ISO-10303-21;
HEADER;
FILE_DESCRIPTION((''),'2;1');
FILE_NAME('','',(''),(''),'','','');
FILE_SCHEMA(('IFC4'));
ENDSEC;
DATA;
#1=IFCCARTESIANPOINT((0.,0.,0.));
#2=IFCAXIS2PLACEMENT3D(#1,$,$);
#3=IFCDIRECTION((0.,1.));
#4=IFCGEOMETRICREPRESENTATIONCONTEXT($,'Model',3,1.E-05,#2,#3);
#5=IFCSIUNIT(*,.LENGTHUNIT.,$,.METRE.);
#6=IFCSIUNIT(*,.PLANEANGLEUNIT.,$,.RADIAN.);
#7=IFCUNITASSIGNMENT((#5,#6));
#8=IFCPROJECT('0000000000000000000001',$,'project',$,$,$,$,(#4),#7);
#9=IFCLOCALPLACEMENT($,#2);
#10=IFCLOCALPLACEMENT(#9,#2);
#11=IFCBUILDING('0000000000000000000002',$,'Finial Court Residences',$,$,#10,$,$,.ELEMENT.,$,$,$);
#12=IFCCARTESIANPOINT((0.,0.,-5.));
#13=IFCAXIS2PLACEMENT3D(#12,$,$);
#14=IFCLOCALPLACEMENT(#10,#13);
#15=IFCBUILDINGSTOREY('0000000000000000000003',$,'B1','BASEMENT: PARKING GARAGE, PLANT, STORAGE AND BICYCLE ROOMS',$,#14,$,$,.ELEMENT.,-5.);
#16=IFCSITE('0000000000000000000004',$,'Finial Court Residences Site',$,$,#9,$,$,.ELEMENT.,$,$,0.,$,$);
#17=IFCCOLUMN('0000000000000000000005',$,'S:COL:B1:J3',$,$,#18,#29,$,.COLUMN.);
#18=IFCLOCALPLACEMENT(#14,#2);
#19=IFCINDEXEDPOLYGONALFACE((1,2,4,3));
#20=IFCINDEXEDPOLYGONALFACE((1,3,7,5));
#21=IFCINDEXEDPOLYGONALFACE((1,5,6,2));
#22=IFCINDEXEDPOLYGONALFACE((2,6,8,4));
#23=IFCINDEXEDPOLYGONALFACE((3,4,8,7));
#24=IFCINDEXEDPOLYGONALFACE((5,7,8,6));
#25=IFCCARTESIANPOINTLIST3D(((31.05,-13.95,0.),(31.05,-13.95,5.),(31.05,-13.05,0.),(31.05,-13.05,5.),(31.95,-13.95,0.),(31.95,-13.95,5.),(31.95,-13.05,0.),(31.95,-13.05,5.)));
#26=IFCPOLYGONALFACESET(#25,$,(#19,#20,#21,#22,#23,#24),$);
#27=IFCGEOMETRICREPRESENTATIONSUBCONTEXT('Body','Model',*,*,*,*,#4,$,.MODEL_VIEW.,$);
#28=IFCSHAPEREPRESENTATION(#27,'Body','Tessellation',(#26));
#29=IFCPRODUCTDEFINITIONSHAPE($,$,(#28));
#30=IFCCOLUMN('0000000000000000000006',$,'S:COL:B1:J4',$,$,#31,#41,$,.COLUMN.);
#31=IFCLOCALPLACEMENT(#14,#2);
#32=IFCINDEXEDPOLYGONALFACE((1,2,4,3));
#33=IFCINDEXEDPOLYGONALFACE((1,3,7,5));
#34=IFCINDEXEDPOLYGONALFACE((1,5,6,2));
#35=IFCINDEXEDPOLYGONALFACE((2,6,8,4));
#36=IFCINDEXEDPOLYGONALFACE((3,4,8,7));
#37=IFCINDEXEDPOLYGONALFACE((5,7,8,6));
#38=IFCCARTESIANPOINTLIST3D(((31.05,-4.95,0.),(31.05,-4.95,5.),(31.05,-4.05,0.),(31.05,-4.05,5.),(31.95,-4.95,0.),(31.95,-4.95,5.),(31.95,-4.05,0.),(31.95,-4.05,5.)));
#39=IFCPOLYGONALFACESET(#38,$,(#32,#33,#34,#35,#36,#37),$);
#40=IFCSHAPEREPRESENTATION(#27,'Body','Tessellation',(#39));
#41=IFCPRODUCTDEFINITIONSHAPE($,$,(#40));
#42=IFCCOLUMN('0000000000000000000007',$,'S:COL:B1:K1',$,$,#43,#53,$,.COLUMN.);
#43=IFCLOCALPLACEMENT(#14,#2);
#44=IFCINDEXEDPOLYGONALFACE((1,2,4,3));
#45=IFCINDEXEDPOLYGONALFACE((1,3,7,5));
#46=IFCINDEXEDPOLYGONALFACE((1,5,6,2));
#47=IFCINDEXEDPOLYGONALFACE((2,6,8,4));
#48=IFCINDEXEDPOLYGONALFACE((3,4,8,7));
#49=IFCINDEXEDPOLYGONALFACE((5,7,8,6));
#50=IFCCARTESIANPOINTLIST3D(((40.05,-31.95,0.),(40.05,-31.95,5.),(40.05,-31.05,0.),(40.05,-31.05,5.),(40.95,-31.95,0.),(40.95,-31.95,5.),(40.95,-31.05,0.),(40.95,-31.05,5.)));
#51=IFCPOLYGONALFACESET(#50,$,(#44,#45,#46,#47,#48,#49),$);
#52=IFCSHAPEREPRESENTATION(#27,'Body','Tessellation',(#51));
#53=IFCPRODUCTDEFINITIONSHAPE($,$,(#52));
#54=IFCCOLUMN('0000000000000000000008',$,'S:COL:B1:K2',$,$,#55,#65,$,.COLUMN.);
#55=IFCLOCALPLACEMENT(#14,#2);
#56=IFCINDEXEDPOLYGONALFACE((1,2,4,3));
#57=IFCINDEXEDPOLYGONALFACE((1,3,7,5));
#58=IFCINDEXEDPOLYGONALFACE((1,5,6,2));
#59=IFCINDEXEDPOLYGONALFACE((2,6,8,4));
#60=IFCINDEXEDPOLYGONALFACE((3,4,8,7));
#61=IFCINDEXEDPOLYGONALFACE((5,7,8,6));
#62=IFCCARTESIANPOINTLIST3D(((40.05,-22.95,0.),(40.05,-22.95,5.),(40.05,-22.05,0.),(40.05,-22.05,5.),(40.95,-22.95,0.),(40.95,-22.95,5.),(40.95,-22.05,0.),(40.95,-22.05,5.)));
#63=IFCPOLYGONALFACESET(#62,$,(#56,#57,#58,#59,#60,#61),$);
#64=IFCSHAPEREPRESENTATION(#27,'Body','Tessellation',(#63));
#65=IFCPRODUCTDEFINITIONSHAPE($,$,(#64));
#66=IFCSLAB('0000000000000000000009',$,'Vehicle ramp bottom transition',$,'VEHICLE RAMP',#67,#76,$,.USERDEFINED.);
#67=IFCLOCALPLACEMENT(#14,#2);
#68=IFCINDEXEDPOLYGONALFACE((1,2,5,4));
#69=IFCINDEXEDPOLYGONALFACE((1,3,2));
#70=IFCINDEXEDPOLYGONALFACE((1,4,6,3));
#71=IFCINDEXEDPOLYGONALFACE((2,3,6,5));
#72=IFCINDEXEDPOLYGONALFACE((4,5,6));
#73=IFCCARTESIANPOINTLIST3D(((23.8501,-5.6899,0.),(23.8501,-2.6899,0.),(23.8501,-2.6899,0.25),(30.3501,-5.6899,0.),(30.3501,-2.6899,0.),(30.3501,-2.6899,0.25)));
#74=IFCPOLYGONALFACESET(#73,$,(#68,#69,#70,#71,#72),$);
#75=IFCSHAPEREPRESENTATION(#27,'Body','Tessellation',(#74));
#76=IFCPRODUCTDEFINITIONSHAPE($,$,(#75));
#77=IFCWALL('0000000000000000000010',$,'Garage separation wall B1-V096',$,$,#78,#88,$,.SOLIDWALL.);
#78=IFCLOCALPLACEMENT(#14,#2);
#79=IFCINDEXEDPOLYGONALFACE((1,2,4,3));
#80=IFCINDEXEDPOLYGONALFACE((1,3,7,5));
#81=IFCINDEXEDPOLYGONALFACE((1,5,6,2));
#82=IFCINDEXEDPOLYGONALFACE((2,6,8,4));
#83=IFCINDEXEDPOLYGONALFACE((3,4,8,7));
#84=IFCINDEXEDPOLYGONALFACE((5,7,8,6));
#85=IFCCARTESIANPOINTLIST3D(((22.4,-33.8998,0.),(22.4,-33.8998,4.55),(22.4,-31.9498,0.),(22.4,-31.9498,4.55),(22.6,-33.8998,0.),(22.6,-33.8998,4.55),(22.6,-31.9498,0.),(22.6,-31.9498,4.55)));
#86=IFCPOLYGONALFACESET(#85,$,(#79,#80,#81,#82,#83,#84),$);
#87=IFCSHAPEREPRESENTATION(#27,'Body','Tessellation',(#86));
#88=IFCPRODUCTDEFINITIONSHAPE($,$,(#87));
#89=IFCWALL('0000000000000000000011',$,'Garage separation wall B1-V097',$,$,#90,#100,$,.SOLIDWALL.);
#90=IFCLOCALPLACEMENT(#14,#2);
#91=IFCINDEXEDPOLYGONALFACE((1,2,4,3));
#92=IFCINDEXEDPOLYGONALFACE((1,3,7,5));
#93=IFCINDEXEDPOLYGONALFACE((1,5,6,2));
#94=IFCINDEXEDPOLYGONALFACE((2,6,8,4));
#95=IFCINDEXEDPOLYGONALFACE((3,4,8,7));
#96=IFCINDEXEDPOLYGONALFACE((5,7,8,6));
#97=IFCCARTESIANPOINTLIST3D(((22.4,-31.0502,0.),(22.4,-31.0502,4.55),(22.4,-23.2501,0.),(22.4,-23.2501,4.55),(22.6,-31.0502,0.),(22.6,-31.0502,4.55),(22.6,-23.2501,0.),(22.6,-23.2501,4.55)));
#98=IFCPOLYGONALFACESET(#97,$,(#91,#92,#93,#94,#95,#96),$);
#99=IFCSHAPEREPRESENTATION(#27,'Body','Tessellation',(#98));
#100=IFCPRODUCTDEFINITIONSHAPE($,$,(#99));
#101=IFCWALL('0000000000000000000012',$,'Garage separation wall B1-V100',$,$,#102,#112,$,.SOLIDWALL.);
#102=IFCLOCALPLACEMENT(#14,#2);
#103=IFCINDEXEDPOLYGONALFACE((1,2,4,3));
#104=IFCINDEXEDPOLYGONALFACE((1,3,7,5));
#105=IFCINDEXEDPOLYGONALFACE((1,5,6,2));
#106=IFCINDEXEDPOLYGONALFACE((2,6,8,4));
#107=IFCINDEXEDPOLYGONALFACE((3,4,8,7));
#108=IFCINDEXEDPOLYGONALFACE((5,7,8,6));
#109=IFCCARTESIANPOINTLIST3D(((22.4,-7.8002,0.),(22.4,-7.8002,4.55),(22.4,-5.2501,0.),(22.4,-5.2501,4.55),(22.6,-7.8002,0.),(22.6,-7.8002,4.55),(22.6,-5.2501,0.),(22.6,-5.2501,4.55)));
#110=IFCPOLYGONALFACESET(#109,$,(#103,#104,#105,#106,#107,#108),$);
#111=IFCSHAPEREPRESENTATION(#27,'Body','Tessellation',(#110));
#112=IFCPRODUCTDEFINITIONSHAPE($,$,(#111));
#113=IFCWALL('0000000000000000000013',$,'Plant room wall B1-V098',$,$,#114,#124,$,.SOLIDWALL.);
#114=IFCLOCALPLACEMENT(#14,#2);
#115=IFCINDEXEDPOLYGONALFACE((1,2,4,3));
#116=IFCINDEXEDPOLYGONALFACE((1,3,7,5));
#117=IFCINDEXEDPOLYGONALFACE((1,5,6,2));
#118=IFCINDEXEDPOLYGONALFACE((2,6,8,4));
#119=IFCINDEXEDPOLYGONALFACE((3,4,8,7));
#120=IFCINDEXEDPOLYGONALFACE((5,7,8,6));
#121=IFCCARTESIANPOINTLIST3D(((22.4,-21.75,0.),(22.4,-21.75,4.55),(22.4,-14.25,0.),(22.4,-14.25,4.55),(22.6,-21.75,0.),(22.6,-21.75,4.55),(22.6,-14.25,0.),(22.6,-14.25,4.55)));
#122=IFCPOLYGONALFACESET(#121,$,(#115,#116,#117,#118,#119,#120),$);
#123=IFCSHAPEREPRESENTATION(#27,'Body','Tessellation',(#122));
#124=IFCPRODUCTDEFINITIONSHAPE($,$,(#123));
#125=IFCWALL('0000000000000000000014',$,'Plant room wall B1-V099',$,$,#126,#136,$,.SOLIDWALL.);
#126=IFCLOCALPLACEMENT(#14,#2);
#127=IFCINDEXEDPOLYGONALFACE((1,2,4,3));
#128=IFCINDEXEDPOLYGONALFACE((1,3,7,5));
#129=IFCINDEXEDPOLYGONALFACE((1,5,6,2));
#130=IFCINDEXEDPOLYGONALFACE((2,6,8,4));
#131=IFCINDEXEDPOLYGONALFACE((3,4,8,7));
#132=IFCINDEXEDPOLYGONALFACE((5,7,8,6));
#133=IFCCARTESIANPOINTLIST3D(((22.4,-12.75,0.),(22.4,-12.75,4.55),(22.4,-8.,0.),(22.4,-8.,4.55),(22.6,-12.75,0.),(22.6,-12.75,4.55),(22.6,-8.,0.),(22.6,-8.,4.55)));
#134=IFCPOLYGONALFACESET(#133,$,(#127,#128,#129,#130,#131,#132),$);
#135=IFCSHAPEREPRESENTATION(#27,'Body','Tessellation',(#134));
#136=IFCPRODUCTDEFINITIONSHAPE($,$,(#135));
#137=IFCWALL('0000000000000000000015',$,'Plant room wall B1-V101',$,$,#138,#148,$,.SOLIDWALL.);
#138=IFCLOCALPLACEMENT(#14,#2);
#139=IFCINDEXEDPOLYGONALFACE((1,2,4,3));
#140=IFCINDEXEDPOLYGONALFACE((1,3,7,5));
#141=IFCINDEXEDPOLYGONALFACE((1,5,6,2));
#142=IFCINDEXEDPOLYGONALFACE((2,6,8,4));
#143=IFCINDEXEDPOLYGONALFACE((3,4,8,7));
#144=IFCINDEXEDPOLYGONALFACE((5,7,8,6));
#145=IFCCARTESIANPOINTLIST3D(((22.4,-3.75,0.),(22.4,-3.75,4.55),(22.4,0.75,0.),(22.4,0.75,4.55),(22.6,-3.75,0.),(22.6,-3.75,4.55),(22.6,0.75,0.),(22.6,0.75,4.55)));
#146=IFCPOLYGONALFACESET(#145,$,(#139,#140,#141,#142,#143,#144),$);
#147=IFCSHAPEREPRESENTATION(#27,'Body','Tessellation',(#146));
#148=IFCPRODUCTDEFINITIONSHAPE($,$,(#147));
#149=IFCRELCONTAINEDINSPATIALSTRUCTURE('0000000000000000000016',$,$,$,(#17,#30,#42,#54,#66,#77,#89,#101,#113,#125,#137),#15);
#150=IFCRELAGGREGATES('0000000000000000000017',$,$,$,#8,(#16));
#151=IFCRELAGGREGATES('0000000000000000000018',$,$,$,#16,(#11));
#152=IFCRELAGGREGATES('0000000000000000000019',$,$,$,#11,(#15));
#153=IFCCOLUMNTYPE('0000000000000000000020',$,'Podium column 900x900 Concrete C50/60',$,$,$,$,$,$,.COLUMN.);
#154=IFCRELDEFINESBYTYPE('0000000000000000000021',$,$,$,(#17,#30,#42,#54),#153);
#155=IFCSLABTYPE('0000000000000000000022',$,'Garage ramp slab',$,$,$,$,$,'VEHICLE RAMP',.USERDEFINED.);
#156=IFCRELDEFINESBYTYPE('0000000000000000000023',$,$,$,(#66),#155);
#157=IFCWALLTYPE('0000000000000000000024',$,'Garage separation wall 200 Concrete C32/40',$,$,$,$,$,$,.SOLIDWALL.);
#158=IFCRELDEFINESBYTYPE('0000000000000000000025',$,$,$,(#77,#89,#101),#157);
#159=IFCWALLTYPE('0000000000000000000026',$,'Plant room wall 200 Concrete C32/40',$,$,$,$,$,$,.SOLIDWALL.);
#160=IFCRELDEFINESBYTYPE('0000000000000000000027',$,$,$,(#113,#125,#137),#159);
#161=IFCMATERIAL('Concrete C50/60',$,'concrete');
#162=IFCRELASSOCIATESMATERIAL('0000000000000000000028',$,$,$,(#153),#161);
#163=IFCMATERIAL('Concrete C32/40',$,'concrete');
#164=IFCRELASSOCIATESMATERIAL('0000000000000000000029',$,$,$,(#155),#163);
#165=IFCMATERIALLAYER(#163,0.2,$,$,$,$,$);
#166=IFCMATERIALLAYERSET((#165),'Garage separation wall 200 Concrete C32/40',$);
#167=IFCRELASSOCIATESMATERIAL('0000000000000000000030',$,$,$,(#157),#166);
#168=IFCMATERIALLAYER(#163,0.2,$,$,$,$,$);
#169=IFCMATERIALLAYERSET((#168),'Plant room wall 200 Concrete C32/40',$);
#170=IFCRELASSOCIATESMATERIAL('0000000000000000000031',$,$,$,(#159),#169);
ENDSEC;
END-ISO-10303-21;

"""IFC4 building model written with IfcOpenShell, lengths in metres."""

from ifc_helpers import new_model, si_unit, direction, frame, frame_2d, origin, origin_2d, place, context, subcontext, project, spatial, polyline, rectangle, outline, extrude, material, layer, layer_set, material_profile, profile_set, type_object, element, save


model = new_model("IFC4")

# Units and contexts
model_context = context("Model", 3, precision=1e-05, world=origin(), true_north=direction((0.0, 1.0)))
body_context = subcontext(model_context, "Body", "Model", "MODEL_VIEW")
ifc_project = project(units=[si_unit("LENGTHUNIT", "METRE"), si_unit("PLANEANGLEUNIT", "RADIAN")], contexts=[model_context])

# Site, building, storey
site_placement = place(None, origin())
site = spatial("IfcSite", under=ifc_project, at=site_placement, Name="Finial Court Residences Site", CompositionType="ELEMENT", RefElevation=0.0)
building_placement = place(site_placement, origin())
building = spatial("IfcBuilding", under=site, at=building_placement, Name="Finial Court Residences", CompositionType="ELEMENT")
storey_placement = place(building_placement, frame((0.0, 0.0, -5.0)))
storey = spatial("IfcBuildingStorey", under=building, at=storey_placement, Name="B1", Description="BASEMENT: PARKING GARAGE, PLANT, STORAGE AND BICYCLE ROOMS", CompositionType="ELEMENT", Elevation=-5.0)

# Columns
ifc_material_1 = material(Name="Concrete C50/60", Category="concrete")
ifc_material_profile_1 = material_profile(ifc_material_1, rectangle(XDim=0.8999, YDim=0.8999, at=origin_2d()), Name="900x900")
ifc_profile_set_1 = profile_set([ifc_material_profile_1], Name="Concrete C50/60")
column_type_1 = type_object("IfcColumnType", Name="Podium column 900x900 Concrete C50/60", PredefinedType="COLUMN", material=ifc_profile_set_1)
for number, where, z_axis, x_axis, name in (
    (1, (31.5, -13.5, 0.0), (0.0, 0.0, 1.0), (1.0, 0.0, 0.0), "S:COL:B1:J3"),
    (2, (31.5, -4.5, 0.0), (0.0, 0.0, 1.0), (1.0, 0.0, 0.0), "S:COL:B1:J4"),
    (3, (40.5, -31.5, 0.0), (0.0, 0.0, 1.0), (1.0, 0.0, 0.0), "S:COL:B1:K1"),
    (4, (40.5, -22.5, 0.0), (0.0, 0.0, 1.0), (1.0, 0.0, 0.0), "S:COL:B1:K2"),
):
    element("IfcColumn", number, at=place(storey_placement, frame(where, z_axis=z_axis, x_axis=x_axis)), inside=storey, type_object=column_type_1, Name=name, PredefinedType="COLUMN", context=body_context, shape_type="SweptSolid", body=[
        extrude(rectangle(XDim=0.8999, YDim=0.8999, at=origin_2d()), origin(), (0.0, 0.0, 1.0), 5.0),
    ])

# Slab
ifc_material_2 = material(Name="Concrete C32/40", Category="concrete")
slab_type = type_object("IfcSlabType", Name="Garage ramp slab", ElementType="VEHICLE RAMP", PredefinedType="USERDEFINED", material=ifc_material_2)
slab_placement = place(storey_placement, frame((27.1001, -2.6899, 0.0), z_axis=(0.0, 0.0, 1.0), x_axis=(0.0, -1.0, 0.0)))
element("IfcSlab", 5, at=slab_placement, inside=storey, type_object=slab_type, Name="Vehicle ramp bottom transition", ObjectType="VEHICLE RAMP", PredefinedType="USERDEFINED", context=body_context, shape_type="SweptSolid", body=[
    extrude(outline(polyline([(0.0, 0.0), (3.0, 0.0), (3.0, 0.0), (0.0, 0.25), (0.0, 0.0)])), frame((0.0, 3.25, 0.0), z_axis=(0.0, -1.0, 0.0), x_axis=(1.0, 0.0, 0.0)), (0.0, 0.0, 1.0), 6.5),
])

# Walls
ifc_layer_1 = layer(ifc_material_2, 0.2)
ifc_layer_set_1 = layer_set([ifc_layer_1], Name="Garage separation wall 200 Concrete C32/40")
wall_type_1 = type_object("IfcWallType", Name="Garage separation wall 200 Concrete C32/40", PredefinedType="SOLIDWALL", material=ifc_layer_set_1)
wall_1_placement = place(storey_placement, frame((22.5, -33.8999, 0.0), z_axis=(0.0, 0.0, 1.0), x_axis=(0.0, 1.0, 0.0)))
element("IfcWall", 6, at=wall_1_placement, inside=storey, type_object=wall_type_1, Name="Garage separation wall B1-V096", PredefinedType="SOLIDWALL", context=body_context, shape_type="SweptSolid", body=[
    extrude(rectangle(XDim=1.95, YDim=0.2, at=frame_2d((0.9751, 0.0))), origin(), (0.0, 0.0, 1.0), 4.55),
])
wall_2_placement = place(storey_placement, frame((22.5, -31.05, 0.0), z_axis=(0.0, 0.0, 1.0), x_axis=(0.0, 1.0, 0.0)))
element("IfcWall", 7, at=wall_2_placement, inside=storey, type_object=wall_type_1, Name="Garage separation wall B1-V097", PredefinedType="SOLIDWALL", context=body_context, shape_type="SweptSolid", body=[
    extrude(rectangle(XDim=7.8, YDim=0.2, at=frame_2d((3.8999, 0.0))), origin(), (0.0, 0.0, 1.0), 4.55),
])
wall_3_placement = place(storey_placement, frame((22.5, -7.8, 0.0), z_axis=(0.0, 0.0, 1.0), x_axis=(0.0, 1.0, 0.0)))
element("IfcWall", 8, at=wall_3_placement, inside=storey, type_object=wall_type_1, Name="Garage separation wall B1-V100", PredefinedType="SOLIDWALL", context=body_context, shape_type="SweptSolid", body=[
    extrude(rectangle(XDim=2.55, YDim=0.2, at=frame_2d((1.2749, 0.0))), origin(), (0.0, 0.0, 1.0), 4.55),
])
ifc_layer_2 = layer(ifc_material_2, 0.2)
ifc_layer_set_2 = layer_set([ifc_layer_2], Name="Plant room wall 200 Concrete C32/40")
wall_type_2 = type_object("IfcWallType", Name="Plant room wall 200 Concrete C32/40", PredefinedType="SOLIDWALL", material=ifc_layer_set_2)
wall_4_placement = place(storey_placement, frame((22.5, -21.75, 0.0), z_axis=(0.0, 0.0, 1.0), x_axis=(0.0, 1.0, 0.0)))
element("IfcWall", 9, at=wall_4_placement, inside=storey, type_object=wall_type_2, Name="Plant room wall B1-V098", PredefinedType="SOLIDWALL", context=body_context, shape_type="SweptSolid", body=[
    extrude(rectangle(XDim=7.5, YDim=0.2, at=frame_2d((3.75, 0.0))), origin(), (0.0, 0.0, 1.0), 4.55),
])
wall_5_placement = place(storey_placement, frame((22.5, -12.75, 0.0), z_axis=(0.0, 0.0, 1.0), x_axis=(0.0, 1.0, 0.0)))
element("IfcWall", 10, at=wall_5_placement, inside=storey, type_object=wall_type_2, Name="Plant room wall B1-V099", PredefinedType="SOLIDWALL", context=body_context, shape_type="SweptSolid", body=[
    extrude(rectangle(XDim=4.75, YDim=0.2, at=frame_2d((2.375, 0.0))), origin(), (0.0, 0.0, 1.0), 4.55),
])
wall_6_placement = place(storey_placement, frame((22.5, -3.75, 0.0), z_axis=(0.0, 0.0, 1.0), x_axis=(0.0, 1.0, 0.0)))
element("IfcWall", 11, at=wall_6_placement, inside=storey, type_object=wall_type_2, Name="Plant room wall B1-V101", PredefinedType="SOLIDWALL", context=body_context, shape_type="SweptSolid", body=[
    extrude(rectangle(XDim=4.5, YDim=0.2, at=frame_2d((2.25, 0.0))), origin(), (0.0, 0.0, 1.0), 4.55),
])

save(model, "model.ifc")
